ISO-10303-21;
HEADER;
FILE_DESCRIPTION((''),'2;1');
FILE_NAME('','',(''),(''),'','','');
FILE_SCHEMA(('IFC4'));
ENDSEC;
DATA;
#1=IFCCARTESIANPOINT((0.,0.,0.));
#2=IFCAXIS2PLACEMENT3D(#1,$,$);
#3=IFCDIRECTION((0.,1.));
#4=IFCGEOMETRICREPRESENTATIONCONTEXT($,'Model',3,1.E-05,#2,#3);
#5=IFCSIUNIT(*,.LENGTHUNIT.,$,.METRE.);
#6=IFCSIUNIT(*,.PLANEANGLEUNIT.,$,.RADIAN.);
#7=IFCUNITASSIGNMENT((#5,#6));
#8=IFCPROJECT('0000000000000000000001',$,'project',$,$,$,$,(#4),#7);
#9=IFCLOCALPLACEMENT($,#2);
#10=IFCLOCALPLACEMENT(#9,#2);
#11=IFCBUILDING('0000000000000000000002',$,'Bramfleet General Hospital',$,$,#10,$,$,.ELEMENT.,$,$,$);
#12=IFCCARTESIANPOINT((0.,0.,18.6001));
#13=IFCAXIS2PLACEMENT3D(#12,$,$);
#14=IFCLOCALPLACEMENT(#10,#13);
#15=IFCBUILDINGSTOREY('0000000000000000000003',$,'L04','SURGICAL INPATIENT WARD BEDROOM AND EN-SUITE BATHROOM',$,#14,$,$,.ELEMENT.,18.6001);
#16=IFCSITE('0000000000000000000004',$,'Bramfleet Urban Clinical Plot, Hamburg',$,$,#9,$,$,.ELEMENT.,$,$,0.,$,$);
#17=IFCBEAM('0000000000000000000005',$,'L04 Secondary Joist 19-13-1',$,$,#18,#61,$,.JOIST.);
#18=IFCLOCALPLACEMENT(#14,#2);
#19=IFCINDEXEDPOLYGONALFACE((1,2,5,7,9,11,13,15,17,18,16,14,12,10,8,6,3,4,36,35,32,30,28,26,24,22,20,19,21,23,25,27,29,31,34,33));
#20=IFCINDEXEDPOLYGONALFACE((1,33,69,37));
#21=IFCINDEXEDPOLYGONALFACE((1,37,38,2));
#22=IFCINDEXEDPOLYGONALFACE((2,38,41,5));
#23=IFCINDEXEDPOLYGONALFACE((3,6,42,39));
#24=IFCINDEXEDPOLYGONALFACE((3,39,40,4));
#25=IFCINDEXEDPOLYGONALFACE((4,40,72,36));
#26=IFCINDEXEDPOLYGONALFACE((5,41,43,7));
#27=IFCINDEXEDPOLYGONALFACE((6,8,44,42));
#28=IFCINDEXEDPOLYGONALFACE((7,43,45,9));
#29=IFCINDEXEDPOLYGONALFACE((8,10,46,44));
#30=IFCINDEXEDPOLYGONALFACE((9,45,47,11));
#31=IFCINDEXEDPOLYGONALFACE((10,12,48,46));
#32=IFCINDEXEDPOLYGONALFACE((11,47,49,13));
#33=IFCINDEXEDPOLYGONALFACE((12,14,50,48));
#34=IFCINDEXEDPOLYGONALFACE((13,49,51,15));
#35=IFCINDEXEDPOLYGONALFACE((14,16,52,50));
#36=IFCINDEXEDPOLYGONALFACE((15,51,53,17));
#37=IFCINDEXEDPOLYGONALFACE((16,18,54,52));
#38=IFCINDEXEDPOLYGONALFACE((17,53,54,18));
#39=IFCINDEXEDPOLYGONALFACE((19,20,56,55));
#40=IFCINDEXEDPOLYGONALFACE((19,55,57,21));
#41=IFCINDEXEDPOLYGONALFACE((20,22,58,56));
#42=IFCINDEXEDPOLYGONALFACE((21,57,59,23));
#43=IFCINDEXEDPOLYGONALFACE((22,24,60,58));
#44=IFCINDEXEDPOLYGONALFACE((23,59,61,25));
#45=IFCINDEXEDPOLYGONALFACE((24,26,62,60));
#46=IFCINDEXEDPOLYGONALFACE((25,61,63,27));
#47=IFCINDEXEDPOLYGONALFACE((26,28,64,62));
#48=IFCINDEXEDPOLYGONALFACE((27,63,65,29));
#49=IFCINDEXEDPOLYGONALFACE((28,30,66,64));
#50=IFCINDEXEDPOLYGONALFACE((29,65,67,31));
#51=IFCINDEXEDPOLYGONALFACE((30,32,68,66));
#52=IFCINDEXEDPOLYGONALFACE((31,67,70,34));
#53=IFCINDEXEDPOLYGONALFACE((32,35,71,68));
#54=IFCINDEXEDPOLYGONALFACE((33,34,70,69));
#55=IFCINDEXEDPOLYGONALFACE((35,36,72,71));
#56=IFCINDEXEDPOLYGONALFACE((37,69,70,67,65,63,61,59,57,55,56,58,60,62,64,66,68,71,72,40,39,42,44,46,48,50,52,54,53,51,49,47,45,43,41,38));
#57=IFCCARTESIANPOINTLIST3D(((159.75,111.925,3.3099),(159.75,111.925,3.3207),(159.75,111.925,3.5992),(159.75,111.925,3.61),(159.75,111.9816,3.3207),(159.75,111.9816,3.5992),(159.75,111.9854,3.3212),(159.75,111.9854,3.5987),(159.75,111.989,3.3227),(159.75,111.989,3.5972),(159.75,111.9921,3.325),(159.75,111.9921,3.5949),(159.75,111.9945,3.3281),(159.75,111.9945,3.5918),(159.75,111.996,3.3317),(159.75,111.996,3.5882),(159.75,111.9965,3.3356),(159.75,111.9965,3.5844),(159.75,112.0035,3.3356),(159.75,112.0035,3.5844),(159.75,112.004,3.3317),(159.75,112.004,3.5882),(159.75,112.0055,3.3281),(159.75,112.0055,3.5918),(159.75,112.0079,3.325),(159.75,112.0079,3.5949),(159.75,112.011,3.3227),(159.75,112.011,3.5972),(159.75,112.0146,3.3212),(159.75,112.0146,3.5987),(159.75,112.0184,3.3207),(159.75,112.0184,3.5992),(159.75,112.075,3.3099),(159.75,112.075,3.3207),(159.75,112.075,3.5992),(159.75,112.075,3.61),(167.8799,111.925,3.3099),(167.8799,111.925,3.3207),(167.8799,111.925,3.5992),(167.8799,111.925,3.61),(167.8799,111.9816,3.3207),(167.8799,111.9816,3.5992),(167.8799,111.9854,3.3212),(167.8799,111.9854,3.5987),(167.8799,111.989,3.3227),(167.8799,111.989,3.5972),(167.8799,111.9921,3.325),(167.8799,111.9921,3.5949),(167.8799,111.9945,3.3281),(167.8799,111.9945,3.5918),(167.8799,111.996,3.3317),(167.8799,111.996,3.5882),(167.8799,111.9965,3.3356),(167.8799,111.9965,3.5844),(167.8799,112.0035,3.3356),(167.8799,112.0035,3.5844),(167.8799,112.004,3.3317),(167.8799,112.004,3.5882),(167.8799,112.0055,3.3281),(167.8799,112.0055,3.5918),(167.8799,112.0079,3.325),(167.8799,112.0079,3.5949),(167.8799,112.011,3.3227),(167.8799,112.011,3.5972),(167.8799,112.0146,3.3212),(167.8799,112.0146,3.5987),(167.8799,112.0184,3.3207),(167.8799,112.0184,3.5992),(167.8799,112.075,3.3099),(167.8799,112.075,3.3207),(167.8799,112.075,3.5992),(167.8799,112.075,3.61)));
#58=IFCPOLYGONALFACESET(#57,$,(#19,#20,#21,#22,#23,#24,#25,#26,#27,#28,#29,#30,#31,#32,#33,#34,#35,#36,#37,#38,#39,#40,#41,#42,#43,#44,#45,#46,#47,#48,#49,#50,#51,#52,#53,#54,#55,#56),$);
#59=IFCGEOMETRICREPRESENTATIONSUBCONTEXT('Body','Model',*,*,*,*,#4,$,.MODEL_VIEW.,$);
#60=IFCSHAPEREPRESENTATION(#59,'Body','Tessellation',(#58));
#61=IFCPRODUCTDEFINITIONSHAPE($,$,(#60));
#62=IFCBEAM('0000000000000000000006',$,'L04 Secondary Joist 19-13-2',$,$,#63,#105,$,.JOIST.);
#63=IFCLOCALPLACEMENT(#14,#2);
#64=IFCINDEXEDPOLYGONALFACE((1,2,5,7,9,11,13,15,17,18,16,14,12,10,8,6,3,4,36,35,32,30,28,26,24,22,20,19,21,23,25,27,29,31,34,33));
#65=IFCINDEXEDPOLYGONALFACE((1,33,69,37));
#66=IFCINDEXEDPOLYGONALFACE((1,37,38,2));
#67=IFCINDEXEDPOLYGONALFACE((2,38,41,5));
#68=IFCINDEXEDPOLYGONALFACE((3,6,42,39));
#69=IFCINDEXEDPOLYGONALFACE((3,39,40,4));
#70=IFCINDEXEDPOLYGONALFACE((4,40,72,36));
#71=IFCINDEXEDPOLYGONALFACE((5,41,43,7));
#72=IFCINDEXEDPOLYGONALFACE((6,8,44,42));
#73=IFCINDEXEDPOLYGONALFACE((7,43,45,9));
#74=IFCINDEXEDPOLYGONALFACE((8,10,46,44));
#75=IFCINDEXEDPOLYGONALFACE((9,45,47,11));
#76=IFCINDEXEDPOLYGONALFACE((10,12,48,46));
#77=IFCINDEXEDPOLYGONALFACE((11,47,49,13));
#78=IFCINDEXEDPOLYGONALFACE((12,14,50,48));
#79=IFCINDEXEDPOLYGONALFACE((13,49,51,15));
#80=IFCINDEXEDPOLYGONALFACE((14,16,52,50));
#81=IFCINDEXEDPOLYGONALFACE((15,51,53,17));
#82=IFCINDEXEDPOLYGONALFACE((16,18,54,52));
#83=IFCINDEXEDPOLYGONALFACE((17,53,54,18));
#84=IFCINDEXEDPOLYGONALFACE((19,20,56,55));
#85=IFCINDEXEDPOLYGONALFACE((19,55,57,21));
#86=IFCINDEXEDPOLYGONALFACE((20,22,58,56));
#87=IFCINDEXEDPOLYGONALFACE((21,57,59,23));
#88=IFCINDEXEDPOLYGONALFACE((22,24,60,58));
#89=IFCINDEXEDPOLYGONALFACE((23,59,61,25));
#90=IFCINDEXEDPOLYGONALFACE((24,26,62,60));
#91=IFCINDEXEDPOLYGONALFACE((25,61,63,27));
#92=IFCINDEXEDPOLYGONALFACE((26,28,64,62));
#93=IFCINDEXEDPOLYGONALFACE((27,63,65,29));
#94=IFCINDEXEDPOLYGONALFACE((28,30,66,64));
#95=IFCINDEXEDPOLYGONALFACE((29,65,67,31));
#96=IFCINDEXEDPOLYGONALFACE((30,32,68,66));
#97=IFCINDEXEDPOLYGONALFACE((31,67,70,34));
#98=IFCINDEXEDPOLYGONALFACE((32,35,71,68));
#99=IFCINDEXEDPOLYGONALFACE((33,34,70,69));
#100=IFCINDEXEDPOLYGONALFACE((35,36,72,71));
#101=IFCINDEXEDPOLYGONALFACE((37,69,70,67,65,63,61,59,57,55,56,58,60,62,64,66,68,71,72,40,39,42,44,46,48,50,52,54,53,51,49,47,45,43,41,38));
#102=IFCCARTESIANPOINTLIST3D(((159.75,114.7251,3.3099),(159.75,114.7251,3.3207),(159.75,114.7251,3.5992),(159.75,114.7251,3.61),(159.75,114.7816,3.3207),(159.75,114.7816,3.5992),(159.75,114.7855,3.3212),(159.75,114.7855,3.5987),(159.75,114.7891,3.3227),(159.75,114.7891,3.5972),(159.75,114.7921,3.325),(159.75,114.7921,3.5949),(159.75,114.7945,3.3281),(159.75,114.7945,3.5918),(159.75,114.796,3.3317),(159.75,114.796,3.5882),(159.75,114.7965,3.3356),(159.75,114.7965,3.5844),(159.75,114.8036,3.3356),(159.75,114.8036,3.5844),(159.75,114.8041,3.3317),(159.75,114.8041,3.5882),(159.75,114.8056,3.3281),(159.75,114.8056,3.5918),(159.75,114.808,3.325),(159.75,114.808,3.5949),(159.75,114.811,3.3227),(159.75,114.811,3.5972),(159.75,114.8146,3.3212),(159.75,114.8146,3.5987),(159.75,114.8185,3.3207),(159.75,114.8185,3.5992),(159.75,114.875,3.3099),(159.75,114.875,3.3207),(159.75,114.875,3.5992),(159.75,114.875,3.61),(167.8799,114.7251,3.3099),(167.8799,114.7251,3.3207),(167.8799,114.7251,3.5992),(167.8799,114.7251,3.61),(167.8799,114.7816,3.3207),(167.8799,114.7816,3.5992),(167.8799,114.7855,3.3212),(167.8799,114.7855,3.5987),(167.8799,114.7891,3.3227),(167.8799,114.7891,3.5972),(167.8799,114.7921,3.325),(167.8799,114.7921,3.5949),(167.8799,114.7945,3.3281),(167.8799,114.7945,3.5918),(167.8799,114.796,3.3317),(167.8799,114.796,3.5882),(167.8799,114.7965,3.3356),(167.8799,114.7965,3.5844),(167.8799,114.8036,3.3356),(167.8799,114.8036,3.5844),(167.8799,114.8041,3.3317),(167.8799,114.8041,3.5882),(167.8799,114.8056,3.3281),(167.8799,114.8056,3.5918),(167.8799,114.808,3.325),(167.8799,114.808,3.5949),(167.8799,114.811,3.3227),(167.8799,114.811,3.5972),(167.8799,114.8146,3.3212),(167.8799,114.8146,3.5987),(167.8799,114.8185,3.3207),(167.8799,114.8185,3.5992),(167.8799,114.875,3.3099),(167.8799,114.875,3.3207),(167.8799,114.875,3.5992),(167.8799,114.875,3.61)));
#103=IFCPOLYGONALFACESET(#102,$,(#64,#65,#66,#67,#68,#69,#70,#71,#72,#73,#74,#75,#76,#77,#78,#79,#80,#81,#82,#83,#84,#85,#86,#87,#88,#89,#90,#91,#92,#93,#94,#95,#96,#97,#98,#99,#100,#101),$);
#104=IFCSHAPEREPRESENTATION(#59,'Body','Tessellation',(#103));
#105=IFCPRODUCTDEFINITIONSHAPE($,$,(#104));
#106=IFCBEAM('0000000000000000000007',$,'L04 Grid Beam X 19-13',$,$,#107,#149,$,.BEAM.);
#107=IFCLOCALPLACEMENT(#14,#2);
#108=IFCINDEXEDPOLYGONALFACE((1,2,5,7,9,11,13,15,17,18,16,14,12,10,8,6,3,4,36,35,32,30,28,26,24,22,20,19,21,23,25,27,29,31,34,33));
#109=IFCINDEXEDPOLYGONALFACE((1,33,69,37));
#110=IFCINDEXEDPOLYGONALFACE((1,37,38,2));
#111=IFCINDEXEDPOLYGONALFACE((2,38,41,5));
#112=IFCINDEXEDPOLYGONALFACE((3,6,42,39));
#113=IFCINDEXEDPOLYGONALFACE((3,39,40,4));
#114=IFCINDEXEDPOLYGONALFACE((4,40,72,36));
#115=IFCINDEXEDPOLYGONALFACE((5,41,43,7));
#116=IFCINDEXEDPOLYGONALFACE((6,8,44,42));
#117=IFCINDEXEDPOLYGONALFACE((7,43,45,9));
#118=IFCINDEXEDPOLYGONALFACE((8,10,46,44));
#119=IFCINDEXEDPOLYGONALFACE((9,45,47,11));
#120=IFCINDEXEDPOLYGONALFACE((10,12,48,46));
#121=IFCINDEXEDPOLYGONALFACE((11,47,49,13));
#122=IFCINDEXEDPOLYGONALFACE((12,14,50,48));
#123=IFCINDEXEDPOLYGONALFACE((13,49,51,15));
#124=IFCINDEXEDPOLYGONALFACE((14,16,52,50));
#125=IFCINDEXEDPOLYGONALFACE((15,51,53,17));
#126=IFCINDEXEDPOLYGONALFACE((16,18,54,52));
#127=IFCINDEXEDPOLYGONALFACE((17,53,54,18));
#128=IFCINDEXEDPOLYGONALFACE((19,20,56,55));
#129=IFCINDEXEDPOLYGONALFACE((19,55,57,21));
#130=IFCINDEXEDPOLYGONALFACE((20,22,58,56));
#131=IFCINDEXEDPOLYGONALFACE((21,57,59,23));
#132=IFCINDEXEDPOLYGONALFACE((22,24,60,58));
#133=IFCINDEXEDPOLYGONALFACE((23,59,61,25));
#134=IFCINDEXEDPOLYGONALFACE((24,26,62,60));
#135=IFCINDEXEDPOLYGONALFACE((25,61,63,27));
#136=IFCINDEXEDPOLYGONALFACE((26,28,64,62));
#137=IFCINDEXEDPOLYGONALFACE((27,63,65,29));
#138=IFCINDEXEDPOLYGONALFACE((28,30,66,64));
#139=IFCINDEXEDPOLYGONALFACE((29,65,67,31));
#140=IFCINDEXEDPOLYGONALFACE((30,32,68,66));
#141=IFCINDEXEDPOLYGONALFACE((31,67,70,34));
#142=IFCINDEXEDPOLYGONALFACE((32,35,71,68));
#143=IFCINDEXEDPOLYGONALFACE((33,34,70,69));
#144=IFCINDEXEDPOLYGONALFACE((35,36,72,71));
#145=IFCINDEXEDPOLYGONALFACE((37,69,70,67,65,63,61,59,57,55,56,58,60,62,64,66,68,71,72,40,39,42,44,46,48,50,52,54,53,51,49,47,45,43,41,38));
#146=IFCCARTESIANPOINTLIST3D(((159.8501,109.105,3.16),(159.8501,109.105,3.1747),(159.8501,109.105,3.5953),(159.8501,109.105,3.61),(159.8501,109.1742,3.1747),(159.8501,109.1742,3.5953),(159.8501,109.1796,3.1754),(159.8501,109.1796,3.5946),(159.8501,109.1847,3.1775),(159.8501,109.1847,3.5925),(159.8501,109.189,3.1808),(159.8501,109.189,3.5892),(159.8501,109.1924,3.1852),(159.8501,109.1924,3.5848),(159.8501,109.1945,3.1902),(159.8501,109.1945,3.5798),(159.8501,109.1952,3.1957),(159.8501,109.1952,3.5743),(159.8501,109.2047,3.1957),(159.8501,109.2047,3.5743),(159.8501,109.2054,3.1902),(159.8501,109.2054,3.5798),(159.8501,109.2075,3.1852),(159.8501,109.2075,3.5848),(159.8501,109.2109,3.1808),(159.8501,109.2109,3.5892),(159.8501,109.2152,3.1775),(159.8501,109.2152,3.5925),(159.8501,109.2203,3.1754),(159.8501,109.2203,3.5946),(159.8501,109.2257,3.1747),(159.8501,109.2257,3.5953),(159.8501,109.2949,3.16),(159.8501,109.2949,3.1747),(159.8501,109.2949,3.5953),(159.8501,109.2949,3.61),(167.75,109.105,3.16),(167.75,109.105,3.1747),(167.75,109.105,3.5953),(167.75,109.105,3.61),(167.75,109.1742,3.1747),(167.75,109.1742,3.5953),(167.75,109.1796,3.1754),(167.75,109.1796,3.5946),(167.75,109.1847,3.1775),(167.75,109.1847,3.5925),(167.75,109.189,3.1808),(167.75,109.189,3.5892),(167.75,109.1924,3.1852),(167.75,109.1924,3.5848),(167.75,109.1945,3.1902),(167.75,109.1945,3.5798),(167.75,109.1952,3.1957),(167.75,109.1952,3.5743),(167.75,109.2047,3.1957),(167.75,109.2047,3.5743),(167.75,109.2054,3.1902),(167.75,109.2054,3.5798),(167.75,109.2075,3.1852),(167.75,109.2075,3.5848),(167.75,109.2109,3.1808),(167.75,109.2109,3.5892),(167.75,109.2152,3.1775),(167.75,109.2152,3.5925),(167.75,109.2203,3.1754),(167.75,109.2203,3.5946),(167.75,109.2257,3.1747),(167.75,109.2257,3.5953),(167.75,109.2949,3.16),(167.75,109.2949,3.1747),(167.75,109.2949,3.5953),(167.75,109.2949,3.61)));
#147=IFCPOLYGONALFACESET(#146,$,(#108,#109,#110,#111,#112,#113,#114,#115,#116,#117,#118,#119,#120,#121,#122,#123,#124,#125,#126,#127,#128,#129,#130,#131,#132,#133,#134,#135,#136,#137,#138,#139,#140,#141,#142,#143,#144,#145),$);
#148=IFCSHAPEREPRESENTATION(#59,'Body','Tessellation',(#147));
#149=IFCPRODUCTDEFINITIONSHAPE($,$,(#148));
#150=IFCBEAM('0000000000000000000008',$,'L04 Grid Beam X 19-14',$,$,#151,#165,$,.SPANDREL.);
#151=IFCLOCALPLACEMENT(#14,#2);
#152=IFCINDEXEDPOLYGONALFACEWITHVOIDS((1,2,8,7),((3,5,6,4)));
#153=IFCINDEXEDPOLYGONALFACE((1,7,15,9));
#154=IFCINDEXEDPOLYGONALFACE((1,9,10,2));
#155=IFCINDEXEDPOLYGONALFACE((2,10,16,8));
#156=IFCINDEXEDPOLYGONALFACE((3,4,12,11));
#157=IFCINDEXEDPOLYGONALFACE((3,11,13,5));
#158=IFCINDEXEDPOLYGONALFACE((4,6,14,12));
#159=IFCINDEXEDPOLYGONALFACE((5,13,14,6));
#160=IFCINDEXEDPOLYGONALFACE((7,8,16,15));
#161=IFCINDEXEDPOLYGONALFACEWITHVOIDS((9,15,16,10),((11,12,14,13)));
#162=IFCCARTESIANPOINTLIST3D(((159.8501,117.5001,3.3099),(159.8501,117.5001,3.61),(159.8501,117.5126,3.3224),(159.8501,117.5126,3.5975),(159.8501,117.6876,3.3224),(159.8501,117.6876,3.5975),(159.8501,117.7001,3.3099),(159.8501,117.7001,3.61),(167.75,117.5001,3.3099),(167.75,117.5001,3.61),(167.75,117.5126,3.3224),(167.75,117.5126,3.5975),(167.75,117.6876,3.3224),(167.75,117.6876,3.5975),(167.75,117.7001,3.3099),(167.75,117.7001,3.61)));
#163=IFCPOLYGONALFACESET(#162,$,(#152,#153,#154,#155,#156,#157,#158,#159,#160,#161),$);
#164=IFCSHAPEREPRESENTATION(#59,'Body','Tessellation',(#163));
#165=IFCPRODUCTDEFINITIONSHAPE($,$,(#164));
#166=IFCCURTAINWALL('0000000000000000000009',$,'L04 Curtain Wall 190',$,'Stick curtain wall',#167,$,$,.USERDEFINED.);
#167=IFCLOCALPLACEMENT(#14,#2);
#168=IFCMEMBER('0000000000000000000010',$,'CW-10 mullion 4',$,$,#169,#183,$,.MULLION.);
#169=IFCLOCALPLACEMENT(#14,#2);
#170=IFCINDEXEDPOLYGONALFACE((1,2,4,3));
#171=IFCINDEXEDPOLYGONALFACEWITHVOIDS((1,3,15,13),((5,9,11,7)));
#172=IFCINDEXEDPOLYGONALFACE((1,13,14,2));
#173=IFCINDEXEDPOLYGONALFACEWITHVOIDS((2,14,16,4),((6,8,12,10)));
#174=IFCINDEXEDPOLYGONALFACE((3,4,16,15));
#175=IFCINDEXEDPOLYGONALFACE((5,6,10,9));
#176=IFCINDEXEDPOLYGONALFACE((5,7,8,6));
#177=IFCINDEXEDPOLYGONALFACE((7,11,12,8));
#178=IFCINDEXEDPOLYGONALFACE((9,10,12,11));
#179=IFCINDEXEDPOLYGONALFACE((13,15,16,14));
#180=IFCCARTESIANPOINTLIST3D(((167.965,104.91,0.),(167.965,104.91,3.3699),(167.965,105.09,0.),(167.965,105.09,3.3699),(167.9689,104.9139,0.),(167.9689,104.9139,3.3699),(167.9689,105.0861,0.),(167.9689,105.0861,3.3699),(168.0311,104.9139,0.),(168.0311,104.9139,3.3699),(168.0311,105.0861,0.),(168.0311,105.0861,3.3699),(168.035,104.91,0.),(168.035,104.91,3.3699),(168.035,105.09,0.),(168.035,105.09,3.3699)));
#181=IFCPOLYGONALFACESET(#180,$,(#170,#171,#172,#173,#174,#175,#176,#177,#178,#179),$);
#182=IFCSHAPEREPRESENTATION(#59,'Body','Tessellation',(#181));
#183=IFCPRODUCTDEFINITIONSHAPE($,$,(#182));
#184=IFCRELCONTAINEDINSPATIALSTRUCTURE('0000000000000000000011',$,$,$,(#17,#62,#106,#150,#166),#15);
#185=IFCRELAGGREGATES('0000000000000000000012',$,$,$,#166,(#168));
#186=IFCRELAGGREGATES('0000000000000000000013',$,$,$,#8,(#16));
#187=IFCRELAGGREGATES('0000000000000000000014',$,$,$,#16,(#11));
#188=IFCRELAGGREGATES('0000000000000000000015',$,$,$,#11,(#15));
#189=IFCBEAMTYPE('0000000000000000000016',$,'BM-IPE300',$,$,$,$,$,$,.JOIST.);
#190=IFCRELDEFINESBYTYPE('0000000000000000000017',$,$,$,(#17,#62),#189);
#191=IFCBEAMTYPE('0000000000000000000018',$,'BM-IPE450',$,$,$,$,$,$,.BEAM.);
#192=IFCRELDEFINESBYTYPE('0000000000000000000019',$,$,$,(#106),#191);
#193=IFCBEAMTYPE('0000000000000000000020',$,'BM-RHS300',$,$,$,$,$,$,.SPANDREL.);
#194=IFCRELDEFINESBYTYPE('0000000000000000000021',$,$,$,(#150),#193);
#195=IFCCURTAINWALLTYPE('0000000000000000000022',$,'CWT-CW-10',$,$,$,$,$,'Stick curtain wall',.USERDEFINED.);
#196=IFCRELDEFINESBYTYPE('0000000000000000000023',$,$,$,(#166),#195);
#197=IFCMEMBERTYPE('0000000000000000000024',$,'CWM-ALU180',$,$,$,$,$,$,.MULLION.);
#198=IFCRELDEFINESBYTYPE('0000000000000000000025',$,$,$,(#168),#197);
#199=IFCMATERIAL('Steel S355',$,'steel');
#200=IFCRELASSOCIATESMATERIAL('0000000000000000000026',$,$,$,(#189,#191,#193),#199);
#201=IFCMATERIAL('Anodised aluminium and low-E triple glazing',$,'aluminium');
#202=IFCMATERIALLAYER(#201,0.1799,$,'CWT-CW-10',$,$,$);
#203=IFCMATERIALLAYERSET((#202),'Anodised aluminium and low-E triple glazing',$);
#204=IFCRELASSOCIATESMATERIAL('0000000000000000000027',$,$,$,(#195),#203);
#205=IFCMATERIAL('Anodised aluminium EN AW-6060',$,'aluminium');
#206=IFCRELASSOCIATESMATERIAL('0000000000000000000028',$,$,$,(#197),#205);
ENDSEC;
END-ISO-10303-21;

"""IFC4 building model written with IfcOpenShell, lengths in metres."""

from ifc_helpers import new_model, si_unit, direction, frame, origin, origin_2d, place, context, subcontext, project, spatial, hollow_rectangle, i_section, extrude, material, layer, layer_set, material_profile, profile_set, type_object, element, aggregate, save


model = new_model("IFC4")

# Units and contexts
model_context = context("Model", 3, precision=1e-05, world=origin(), true_north=direction((0.0, 1.0)))
body_context = subcontext(model_context, "Body", "Model", "MODEL_VIEW")
ifc_project = project(units=[si_unit("LENGTHUNIT", "METRE"), si_unit("PLANEANGLEUNIT", "RADIAN")], contexts=[model_context])

# Site, building, storey
site_placement = place(None, origin())
site = spatial("IfcSite", under=ifc_project, at=site_placement, Name="Bramfleet Urban Clinical Plot, Hamburg", CompositionType="ELEMENT", RefElevation=0.0)
building_placement = place(site_placement, origin())
building = spatial("IfcBuilding", under=site, at=building_placement, Name="Bramfleet General Hospital", CompositionType="ELEMENT")
storey_placement = place(building_placement, frame((0.0, 0.0, 18.6001)))
storey = spatial("IfcBuildingStorey", under=building, at=storey_placement, Name="L04", Description="SURGICAL INPATIENT WARD BEDROOM AND EN-SUITE BATHROOM", CompositionType="ELEMENT", Elevation=18.6001)

# Beams
ifc_material_1 = material(Name="Steel S355", Category="steel")
ifc_material_profile_1 = material_profile(ifc_material_1, i_section(OverallWidth=0.1499, OverallDepth=0.3, WebThickness=0.0071, FlangeThickness=0.0107, FilletRadius=0.0149, at=origin_2d()), Name="IPE 300")
ifc_profile_set_1 = profile_set([ifc_material_profile_1], Name="Steel S355")
beam_type_1 = type_object("IfcBeamType", Name="BM-IPE300", PredefinedType="JOIST", material=ifc_profile_set_1)
for number, where, z_axis, x_axis, name in (
    (1, (159.75, 112.0, 3.46), (1.0, 0.0, 0.0), (0.0, 1.0, 0.0), "L04 Secondary Joist 19-13-1"),
    (2, (159.75, 114.8, 3.46), (1.0, 0.0, 0.0), (0.0, 1.0, 0.0), "L04 Secondary Joist 19-13-2"),
):
    element("IfcBeam", number, at=place(storey_placement, frame(where, z_axis=z_axis, x_axis=x_axis)), inside=storey, type_object=beam_type_1, Name=name, PredefinedType="JOIST", context=body_context, shape_type="SweptSolid", body=[
        extrude(i_section(OverallWidth=0.1499, OverallDepth=0.3, WebThickness=0.0071, FlangeThickness=0.0107, FilletRadius=0.0149, at=origin_2d()), origin(), (0.0, 0.0, 1.0), 8.1299),
    ])
ifc_material_profile_2 = material_profile(ifc_material_1, i_section(OverallWidth=0.1899, OverallDepth=0.45, WebThickness=0.0095, FlangeThickness=0.0146, FilletRadius=0.021, at=origin_2d()), Name="IPE 450")
ifc_profile_set_2 = profile_set([ifc_material_profile_2], Name="Steel S355")
beam_type_2 = type_object("IfcBeamType", Name="BM-IPE450", PredefinedType="BEAM", material=ifc_profile_set_2)
beam_1_placement = place(storey_placement, frame((159.8501, 109.2, 3.385), z_axis=(1.0, 0.0, 0.0), x_axis=(0.0, 1.0, 0.0)))
element("IfcBeam", 3, at=beam_1_placement, inside=storey, type_object=beam_type_2, Name="L04 Grid Beam X 19-13", PredefinedType="BEAM", context=body_context, shape_type="SweptSolid", body=[
    extrude(i_section(OverallWidth=0.1899, OverallDepth=0.45, WebThickness=0.0095, FlangeThickness=0.0146, FilletRadius=0.021, at=origin_2d()), origin(), (0.0, 0.0, 1.0), 7.8999),
])
ifc_material_profile_3 = material_profile(ifc_material_1, hollow_rectangle(XDim=0.2, YDim=0.3, WallThickness=0.0125, at=origin_2d()), Name="RHS 300x200x12.5")
ifc_profile_set_3 = profile_set([ifc_material_profile_3], Name="Steel S355")
beam_type_3 = type_object("IfcBeamType", Name="BM-RHS300", PredefinedType="SPANDREL", material=ifc_profile_set_3)
beam_2_placement = place(storey_placement, frame((159.8501, 117.6001, 3.46), z_axis=(1.0, 0.0, 0.0), x_axis=(0.0, 1.0, 0.0)))
element("IfcBeam", 4, at=beam_2_placement, inside=storey, type_object=beam_type_3, Name="L04 Grid Beam X 19-14", PredefinedType="SPANDREL", context=body_context, shape_type="SweptSolid", body=[
    extrude(hollow_rectangle(XDim=0.2, YDim=0.3, WallThickness=0.0125, at=origin_2d()), origin(), (0.0, 0.0, 1.0), 7.8999),
])

# Curtain wall, member
ifc_material_2 = material(Name="Anodised aluminium and low-E triple glazing", Category="aluminium")
ifc_layer_1 = layer(ifc_material_2, 0.1799, Name="CWT-CW-10")
ifc_layer_set_1 = layer_set([ifc_layer_1], Name="Anodised aluminium and low-E triple glazing")
curtain_wall_type = type_object("IfcCurtainWallType", Name="CWT-CW-10", ElementType="Stick curtain wall", PredefinedType="USERDEFINED", material=ifc_layer_set_1)
curtain_wall_placement = place(storey_placement, origin())
curtain_wall = element("IfcCurtainWall", 5, at=curtain_wall_placement, inside=storey, type_object=curtain_wall_type, Name="L04 Curtain Wall 190", ObjectType="Stick curtain wall", PredefinedType="USERDEFINED")
ifc_material_3 = material(Name="Anodised aluminium EN AW-6060", Category="aluminium")
ifc_material_profile_4 = material_profile(ifc_material_3, hollow_rectangle(XDim=0.0701, YDim=0.1799, WallThickness=0.0039, at=origin_2d()), Name="ALU 180x70x4.0")
ifc_profile_set_4 = profile_set([ifc_material_profile_4], Name="Anodised aluminium EN AW-6060")
member_type_1 = type_object("IfcMemberType", Name="CWM-ALU180", PredefinedType="MULLION", material=ifc_profile_set_4)
member_1_placement = place(storey_placement, frame((168.0, 105.0, 0.0), z_axis=(0.0, 0.0, 1.0), x_axis=(1.0, 0.0, 0.0)))
member_1 = element("IfcMember", 6, at=member_1_placement, type_object=member_type_1, Name="CW-10 mullion 4", PredefinedType="MULLION", context=body_context, shape_type="SweptSolid", body=[
    extrude(hollow_rectangle(XDim=0.0701, YDim=0.1799, WallThickness=0.0039, at=origin_2d()), origin(), (0.0, 0.0, 1.0), 3.3699),
])
aggregate(curtain_wall, [member_1])

save(model, "model.ifc")
